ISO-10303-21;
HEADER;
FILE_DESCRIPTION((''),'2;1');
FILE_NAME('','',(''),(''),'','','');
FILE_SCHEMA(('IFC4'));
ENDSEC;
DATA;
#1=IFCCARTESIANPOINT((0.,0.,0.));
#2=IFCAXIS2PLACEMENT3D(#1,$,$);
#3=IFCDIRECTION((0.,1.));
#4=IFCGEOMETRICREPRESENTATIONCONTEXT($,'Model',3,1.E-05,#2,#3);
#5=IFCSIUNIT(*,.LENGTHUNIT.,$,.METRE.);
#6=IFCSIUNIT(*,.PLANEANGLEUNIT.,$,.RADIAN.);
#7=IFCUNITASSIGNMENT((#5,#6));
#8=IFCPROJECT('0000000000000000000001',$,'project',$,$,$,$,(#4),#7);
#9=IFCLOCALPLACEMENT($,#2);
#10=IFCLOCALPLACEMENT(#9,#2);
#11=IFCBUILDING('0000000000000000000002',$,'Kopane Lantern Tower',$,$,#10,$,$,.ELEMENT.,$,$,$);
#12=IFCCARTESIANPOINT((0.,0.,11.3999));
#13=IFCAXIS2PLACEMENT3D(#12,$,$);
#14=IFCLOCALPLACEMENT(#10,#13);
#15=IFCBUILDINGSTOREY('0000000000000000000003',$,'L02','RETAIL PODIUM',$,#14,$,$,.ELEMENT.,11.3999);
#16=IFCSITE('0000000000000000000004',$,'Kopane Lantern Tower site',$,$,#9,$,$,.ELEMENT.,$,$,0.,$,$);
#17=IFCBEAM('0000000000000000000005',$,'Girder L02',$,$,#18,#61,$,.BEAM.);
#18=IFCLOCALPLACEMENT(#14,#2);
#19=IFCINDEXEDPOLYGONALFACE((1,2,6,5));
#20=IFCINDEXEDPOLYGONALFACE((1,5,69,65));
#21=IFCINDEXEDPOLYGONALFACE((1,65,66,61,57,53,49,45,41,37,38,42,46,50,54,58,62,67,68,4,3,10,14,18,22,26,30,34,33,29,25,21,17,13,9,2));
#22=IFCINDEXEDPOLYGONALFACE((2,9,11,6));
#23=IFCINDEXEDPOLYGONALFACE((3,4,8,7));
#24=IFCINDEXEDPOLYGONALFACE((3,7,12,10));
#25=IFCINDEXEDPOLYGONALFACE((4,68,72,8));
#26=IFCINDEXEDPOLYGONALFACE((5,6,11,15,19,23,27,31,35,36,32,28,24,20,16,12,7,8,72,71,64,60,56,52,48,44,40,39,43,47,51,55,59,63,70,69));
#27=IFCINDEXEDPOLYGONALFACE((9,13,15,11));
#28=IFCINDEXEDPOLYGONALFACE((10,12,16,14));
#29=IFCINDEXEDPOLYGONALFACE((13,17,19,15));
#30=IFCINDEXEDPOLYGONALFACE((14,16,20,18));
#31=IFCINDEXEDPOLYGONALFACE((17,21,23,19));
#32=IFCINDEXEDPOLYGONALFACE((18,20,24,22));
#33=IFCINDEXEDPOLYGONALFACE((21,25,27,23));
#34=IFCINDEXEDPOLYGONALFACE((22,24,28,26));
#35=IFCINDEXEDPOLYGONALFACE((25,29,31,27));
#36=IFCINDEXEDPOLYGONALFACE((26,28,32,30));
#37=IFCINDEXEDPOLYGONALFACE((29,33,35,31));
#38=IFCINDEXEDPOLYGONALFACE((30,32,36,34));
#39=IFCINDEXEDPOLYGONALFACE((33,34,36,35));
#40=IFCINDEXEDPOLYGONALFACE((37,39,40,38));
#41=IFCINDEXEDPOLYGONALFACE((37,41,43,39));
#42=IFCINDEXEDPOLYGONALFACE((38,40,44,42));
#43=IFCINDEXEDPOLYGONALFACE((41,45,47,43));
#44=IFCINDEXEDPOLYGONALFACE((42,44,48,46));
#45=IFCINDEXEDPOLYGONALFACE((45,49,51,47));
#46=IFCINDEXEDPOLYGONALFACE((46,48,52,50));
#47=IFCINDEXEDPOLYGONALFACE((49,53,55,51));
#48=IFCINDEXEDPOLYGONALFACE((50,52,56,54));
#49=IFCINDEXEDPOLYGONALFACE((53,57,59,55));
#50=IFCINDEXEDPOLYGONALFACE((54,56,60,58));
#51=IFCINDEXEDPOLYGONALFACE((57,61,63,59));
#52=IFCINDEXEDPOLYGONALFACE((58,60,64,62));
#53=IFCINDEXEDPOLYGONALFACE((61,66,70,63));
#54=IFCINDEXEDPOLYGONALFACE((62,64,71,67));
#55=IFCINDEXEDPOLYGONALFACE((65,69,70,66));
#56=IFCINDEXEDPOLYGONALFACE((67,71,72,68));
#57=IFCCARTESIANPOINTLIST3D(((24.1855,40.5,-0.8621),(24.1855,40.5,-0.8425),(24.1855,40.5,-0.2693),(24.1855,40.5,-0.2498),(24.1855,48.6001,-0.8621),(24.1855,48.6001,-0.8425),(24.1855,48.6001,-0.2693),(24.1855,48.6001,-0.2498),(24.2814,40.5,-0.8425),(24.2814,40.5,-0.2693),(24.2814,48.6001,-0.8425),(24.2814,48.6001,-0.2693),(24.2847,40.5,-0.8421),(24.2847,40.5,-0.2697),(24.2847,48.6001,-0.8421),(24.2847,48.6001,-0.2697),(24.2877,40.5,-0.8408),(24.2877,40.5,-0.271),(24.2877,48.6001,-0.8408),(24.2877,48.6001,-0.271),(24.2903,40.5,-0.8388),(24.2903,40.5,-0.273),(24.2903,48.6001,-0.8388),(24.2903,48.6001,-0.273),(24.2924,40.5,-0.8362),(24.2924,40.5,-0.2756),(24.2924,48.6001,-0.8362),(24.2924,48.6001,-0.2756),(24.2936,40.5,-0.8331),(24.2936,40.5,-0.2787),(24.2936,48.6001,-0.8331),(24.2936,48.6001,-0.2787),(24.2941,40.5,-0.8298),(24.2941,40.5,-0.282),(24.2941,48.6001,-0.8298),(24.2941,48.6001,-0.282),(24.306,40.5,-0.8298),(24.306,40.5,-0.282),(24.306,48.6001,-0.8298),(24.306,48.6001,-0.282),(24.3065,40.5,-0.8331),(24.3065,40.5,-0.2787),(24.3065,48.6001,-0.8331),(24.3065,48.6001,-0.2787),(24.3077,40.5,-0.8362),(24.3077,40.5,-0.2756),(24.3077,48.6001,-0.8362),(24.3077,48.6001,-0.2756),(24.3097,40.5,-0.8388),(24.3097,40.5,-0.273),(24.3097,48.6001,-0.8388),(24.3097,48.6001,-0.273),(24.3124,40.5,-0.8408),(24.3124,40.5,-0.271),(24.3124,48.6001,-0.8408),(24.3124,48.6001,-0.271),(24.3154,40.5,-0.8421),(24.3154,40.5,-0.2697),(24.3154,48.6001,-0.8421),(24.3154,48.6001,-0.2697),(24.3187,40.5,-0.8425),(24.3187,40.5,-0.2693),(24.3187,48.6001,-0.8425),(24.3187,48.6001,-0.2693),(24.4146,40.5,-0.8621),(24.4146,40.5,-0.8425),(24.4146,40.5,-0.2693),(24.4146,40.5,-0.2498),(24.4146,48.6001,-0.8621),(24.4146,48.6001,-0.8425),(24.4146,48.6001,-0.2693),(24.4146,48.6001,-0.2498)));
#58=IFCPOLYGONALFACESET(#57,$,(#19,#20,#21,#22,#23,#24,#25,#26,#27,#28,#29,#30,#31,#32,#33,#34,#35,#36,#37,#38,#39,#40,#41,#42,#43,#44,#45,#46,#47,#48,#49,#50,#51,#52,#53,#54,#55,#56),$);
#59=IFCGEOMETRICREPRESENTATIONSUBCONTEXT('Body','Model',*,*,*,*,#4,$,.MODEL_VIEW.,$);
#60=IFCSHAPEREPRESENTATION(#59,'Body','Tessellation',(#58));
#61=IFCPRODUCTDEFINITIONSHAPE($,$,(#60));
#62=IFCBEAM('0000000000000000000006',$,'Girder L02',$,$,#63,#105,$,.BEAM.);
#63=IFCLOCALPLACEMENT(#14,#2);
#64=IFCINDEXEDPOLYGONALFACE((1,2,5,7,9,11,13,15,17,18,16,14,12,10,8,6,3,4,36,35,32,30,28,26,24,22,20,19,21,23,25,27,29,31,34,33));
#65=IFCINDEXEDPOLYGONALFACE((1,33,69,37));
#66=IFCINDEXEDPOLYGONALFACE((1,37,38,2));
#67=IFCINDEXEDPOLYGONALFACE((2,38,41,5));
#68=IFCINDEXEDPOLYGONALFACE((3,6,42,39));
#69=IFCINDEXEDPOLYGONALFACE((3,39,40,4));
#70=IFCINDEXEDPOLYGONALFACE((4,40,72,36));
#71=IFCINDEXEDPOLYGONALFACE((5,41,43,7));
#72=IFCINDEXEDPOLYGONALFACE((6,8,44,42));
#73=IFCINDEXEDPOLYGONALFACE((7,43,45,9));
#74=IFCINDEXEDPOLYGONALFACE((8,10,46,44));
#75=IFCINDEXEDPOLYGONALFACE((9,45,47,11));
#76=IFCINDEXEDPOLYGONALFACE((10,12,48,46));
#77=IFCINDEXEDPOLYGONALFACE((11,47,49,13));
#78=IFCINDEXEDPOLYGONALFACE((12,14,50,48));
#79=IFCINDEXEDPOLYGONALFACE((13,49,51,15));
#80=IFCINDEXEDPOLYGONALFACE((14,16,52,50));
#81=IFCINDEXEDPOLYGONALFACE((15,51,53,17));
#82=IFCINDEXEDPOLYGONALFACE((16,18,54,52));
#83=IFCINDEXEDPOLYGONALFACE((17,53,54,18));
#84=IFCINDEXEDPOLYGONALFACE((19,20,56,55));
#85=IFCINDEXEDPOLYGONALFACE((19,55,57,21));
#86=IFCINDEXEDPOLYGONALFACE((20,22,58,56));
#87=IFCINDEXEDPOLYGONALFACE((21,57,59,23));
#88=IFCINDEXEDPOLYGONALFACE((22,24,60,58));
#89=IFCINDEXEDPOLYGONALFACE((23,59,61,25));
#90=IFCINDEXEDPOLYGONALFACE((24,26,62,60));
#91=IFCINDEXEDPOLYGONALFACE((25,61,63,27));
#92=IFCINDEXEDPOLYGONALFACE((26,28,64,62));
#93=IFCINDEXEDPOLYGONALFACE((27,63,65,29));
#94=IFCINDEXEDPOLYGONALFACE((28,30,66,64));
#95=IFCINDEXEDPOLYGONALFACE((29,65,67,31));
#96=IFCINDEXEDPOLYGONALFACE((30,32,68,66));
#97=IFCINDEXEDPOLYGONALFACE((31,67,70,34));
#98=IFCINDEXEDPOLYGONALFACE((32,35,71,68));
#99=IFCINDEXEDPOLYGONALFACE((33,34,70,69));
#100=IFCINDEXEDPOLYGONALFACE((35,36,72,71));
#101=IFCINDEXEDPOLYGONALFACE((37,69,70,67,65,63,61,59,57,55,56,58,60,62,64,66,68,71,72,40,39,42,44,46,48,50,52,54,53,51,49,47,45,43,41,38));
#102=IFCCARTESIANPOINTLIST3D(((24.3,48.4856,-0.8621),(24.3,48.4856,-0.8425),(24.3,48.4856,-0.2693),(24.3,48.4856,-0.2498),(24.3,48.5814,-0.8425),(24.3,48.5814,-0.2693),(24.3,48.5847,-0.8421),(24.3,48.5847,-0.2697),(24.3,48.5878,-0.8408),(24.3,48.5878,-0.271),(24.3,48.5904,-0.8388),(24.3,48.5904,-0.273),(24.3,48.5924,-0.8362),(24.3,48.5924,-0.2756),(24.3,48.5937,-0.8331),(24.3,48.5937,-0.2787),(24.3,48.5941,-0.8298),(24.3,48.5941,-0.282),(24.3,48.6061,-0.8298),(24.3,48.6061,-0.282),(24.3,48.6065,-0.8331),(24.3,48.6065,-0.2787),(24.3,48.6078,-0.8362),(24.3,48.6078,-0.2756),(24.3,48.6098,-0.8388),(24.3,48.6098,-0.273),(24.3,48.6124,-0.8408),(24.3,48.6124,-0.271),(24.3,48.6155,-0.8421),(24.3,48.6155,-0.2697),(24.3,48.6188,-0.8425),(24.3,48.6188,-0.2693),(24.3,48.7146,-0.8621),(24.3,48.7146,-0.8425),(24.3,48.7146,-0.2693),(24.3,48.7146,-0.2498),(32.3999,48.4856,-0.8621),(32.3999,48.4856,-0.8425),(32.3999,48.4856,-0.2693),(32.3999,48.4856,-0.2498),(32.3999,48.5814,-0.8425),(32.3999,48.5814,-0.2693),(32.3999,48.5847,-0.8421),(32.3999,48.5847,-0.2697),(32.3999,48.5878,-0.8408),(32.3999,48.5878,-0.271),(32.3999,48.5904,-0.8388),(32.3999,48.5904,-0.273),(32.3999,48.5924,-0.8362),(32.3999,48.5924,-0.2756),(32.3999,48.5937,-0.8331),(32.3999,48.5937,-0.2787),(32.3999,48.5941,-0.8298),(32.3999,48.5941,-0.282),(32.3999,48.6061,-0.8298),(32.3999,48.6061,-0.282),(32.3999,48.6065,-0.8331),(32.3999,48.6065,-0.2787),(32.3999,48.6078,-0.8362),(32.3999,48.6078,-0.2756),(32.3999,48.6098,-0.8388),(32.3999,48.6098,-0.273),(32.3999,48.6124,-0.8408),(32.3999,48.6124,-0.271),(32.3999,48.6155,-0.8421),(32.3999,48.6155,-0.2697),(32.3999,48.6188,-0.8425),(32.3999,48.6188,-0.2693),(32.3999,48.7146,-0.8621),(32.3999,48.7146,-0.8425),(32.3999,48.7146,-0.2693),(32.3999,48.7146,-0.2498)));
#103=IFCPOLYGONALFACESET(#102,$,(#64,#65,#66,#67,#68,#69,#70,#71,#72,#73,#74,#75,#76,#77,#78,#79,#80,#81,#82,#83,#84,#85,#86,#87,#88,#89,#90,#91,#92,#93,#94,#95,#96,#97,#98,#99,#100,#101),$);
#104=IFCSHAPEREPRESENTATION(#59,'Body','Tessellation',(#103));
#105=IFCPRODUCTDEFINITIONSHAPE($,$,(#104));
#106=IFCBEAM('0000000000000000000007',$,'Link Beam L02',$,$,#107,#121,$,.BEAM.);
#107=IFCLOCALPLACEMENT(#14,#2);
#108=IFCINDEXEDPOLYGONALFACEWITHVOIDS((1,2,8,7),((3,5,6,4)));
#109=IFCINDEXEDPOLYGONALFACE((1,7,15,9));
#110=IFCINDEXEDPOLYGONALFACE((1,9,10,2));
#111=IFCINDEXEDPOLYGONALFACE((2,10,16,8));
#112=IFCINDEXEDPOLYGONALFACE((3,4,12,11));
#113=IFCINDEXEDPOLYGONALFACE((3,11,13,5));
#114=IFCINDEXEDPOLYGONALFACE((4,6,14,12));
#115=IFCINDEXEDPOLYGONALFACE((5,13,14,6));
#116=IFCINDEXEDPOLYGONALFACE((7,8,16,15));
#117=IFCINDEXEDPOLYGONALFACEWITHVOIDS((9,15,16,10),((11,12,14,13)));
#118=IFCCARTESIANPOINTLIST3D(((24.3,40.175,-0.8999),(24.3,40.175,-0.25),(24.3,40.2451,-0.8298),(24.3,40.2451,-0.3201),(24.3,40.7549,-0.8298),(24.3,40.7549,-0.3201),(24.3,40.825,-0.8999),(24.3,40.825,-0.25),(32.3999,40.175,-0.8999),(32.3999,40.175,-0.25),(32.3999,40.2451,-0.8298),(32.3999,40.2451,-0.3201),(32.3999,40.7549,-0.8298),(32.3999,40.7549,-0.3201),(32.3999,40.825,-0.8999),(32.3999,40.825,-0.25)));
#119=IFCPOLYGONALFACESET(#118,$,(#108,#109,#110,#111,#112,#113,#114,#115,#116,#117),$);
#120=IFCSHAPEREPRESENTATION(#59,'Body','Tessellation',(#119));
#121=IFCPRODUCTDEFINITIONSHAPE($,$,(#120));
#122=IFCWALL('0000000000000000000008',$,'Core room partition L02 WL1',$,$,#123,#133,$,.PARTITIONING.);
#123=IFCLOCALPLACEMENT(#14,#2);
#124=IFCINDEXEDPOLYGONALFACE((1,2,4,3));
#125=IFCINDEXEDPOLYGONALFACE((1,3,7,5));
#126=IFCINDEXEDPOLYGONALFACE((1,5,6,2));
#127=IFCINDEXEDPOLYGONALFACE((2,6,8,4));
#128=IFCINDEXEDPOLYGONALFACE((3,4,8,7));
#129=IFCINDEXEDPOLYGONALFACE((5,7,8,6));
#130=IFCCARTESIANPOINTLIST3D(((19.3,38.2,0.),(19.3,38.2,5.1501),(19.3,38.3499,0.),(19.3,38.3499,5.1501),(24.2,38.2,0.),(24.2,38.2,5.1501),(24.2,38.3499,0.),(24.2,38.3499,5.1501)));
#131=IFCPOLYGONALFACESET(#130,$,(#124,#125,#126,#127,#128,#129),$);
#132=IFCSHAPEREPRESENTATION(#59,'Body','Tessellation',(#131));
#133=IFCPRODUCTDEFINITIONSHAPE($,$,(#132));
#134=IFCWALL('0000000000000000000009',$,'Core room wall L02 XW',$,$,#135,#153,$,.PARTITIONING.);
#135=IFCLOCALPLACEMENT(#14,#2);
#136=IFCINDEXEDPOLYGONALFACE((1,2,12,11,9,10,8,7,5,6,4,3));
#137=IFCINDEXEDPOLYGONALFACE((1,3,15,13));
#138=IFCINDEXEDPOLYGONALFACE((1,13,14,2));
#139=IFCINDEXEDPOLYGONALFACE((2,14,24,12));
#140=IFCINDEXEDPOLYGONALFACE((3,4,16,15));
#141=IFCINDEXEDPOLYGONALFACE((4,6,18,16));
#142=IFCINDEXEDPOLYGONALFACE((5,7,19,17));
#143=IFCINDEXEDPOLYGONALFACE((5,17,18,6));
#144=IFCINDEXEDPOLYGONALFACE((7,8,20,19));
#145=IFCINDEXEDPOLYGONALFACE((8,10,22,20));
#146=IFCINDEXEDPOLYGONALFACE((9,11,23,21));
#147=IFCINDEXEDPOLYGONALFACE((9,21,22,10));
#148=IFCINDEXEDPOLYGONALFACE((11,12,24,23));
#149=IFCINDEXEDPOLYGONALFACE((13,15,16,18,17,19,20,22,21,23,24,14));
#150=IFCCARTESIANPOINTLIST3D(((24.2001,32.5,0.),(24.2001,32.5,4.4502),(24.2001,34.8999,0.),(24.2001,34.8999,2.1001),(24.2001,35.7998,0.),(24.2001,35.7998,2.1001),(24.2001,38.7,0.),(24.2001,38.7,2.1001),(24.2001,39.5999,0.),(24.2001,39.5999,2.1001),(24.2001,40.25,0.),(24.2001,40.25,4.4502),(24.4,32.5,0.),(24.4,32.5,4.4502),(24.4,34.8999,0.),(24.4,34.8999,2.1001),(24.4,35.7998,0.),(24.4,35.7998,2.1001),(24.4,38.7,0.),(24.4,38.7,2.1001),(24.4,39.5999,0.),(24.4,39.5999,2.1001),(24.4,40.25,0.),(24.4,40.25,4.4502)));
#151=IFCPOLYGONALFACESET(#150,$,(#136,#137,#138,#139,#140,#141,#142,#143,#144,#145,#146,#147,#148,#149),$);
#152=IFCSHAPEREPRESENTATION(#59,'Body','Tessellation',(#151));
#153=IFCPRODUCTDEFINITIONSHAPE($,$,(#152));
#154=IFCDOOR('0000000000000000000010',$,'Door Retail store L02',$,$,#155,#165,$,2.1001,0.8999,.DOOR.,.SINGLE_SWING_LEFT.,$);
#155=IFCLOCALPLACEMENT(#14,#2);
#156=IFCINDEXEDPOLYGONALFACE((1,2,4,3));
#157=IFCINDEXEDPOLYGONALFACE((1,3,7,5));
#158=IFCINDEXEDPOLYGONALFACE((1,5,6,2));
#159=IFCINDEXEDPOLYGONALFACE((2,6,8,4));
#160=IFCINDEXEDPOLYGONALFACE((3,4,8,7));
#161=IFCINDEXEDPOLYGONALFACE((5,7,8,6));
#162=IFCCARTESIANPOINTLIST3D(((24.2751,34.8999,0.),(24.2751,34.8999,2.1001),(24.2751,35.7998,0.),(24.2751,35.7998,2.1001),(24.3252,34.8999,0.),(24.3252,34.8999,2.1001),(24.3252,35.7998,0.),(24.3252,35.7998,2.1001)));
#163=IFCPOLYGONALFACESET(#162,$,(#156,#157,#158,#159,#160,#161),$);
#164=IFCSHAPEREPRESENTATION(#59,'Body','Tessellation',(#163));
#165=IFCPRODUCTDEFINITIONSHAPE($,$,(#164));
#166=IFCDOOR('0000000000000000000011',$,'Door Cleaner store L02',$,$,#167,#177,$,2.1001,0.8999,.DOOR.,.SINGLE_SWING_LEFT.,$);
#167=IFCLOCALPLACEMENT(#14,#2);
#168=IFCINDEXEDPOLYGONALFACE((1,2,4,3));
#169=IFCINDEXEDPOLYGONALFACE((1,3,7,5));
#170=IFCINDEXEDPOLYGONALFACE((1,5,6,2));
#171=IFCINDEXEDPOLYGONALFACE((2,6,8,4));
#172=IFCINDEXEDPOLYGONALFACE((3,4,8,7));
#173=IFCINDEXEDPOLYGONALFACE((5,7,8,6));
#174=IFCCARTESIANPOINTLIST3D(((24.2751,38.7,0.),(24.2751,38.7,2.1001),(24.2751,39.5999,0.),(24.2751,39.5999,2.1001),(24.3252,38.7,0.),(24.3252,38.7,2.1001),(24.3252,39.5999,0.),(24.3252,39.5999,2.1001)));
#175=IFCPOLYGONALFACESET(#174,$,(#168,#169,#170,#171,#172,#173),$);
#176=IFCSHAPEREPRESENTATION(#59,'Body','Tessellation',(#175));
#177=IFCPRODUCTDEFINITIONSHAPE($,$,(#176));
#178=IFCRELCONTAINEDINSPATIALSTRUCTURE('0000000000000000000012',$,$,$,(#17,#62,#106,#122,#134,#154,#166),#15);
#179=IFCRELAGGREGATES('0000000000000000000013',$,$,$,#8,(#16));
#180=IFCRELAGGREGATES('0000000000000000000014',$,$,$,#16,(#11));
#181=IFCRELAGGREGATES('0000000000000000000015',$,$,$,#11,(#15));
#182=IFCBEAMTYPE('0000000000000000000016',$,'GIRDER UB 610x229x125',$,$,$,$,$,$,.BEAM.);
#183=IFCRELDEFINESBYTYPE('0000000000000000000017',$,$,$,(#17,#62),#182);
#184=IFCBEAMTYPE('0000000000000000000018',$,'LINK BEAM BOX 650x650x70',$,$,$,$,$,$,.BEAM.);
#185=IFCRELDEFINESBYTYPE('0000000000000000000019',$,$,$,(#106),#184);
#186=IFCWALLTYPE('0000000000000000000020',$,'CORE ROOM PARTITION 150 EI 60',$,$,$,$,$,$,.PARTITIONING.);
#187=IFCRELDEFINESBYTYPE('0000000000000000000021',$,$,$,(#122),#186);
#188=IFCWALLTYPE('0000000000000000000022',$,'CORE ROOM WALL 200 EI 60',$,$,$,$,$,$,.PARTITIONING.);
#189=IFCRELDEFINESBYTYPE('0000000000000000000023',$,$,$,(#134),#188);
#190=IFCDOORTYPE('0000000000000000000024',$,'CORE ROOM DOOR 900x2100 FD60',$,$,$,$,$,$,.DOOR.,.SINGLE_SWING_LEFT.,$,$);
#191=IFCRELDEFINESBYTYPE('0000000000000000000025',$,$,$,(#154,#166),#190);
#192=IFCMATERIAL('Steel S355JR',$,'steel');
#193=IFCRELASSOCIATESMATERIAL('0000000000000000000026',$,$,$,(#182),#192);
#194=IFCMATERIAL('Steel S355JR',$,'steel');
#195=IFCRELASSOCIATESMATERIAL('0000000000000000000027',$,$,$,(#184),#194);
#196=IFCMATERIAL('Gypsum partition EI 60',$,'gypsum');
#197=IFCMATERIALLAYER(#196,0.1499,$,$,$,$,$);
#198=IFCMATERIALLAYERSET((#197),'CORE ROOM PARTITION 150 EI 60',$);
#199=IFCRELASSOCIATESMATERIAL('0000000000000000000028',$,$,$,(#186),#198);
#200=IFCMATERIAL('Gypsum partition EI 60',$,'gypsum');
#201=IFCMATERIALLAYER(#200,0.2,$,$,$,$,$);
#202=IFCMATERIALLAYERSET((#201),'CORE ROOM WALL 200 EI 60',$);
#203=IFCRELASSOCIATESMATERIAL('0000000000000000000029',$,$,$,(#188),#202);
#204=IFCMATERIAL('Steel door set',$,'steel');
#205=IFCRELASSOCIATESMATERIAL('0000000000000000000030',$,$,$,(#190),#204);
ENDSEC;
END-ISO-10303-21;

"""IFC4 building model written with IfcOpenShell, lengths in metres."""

from ifc_helpers import new_model, si_unit, direction, frame, frame_2d, origin, origin_2d, place, context, subcontext, project, spatial, rectangle, hollow_rectangle, i_section, extrude, material, layer, layer_set, material_profile, profile_set, type_object, element, fill, save


model = new_model("IFC4")

# Units and contexts
model_context = context("Model", 3, precision=1e-05, world=origin(), true_north=direction((0.0, 1.0)))
body_context = subcontext(model_context, "Body", "Model", "MODEL_VIEW")
ifc_project = project(units=[si_unit("LENGTHUNIT", "METRE"), si_unit("PLANEANGLEUNIT", "RADIAN")], contexts=[model_context])

# Site, building, storey
site_placement = place(None, origin())
site = spatial("IfcSite", under=ifc_project, at=site_placement, Name="Kopane Lantern Tower site", CompositionType="ELEMENT", RefElevation=0.0)
building_placement = place(site_placement, origin())
building = spatial("IfcBuilding", under=site, at=building_placement, Name="Kopane Lantern Tower", CompositionType="ELEMENT")
storey_placement = place(building_placement, frame((0.0, 0.0, 11.3999)))
storey = spatial("IfcBuildingStorey", under=building, at=storey_placement, Name="L02", Description="RETAIL PODIUM", CompositionType="ELEMENT", Elevation=11.3999)

# Beams
ifc_material_1 = material(Name="Steel S355JR", Category="steel")
ifc_material_profile_1 = material_profile(ifc_material_1, i_section(OverallWidth=0.229, OverallDepth=0.6123, WebThickness=0.012, FlangeThickness=0.0195, FilletRadius=0.0127, at=origin_2d()), Name="UB 610x229x125")
ifc_profile_set_1 = profile_set([ifc_material_profile_1], Name="Steel S355JR")
beam_type_1 = type_object("IfcBeamType", Name="GIRDER UB 610x229x125", PredefinedType="BEAM", material=ifc_profile_set_1)
beam_1_placement = place(storey_placement, frame((24.3, 40.5, -0.5559), z_axis=(0.0, 1.0, 0.0), x_axis=(-1.0, 0.0, 0.0)))
element("IfcBeam", 1, at=beam_1_placement, inside=storey, type_object=beam_type_1, Name="Girder L02", PredefinedType="BEAM", context=body_context, shape_type="SweptSolid", body=[
    extrude(i_section(OverallWidth=0.229, OverallDepth=0.6123, WebThickness=0.012, FlangeThickness=0.0195, FilletRadius=0.0127, at=origin_2d()), origin(), (0.0, 0.0, 1.0), 8.1001),
])
beam_2_placement = place(storey_placement, frame((24.3, 48.6001, -0.5559), z_axis=(1.0, 0.0, 0.0), x_axis=(0.0, 1.0, 0.0)))
element("IfcBeam", 2, at=beam_2_placement, inside=storey, type_object=beam_type_1, Name="Girder L02", PredefinedType="BEAM", context=body_context, shape_type="SweptSolid", body=[
    extrude(i_section(OverallWidth=0.229, OverallDepth=0.6123, WebThickness=0.012, FlangeThickness=0.0195, FilletRadius=0.0127, at=origin_2d()), origin(), (0.0, 0.0, 1.0), 8.0999),
])
ifc_material_2 = material(Name="Steel S355JR", Category="steel")
ifc_material_profile_2 = material_profile(ifc_material_2, hollow_rectangle(XDim=0.6499, YDim=0.6499, WallThickness=0.0701, at=origin_2d()), Name="BOX 650x650x70")
ifc_profile_set_2 = profile_set([ifc_material_profile_2], Name="Steel S355JR")
beam_type_2 = type_object("IfcBeamType", Name="LINK BEAM BOX 650x650x70", PredefinedType="BEAM", material=ifc_profile_set_2)
beam_3_placement = place(storey_placement, frame((24.3, 40.5, -0.575), z_axis=(1.0, 0.0, 0.0), x_axis=(0.0, 1.0, 0.0)))
element("IfcBeam", 3, at=beam_3_placement, inside=storey, type_object=beam_type_2, Name="Link Beam L02", PredefinedType="BEAM", context=body_context, shape_type="SweptSolid", body=[
    extrude(hollow_rectangle(XDim=0.6499, YDim=0.6499, WallThickness=0.0701, at=origin_2d()), origin(), (0.0, 0.0, 1.0), 8.0999),
])

# Wall
ifc_material_3 = material(Name="Gypsum partition EI 60", Category="gypsum")
ifc_layer_1 = layer(ifc_material_3, 0.1499)
ifc_layer_set_1 = layer_set([ifc_layer_1], Name="CORE ROOM PARTITION 150 EI 60")
wall_type_1 = type_object("IfcWallType", Name="CORE ROOM PARTITION 150 EI 60", PredefinedType="PARTITIONING", material=ifc_layer_set_1)
wall_1_placement = place(storey_placement, frame((19.3, 38.2749, 0.0), z_axis=(0.0, 0.0, 1.0), x_axis=(1.0, 0.0, 0.0)))
element("IfcWall", 4, at=wall_1_placement, inside=storey, type_object=wall_type_1, Name="Core room partition L02 WL1", PredefinedType="PARTITIONING", context=body_context, shape_type="SweptSolid", body=[
    extrude(rectangle(XDim=4.8999, YDim=0.1499, at=frame_2d((2.45, 0.0))), origin(), (0.0, 0.0, 1.0), 5.1501),
])

# Wall, openings, doors
ifc_material_4 = material(Name="Gypsum partition EI 60", Category="gypsum")
ifc_layer_2 = layer(ifc_material_4, 0.2)
ifc_layer_set_2 = layer_set([ifc_layer_2], Name="CORE ROOM WALL 200 EI 60")
wall_type_2 = type_object("IfcWallType", Name="CORE ROOM WALL 200 EI 60", PredefinedType="PARTITIONING", material=ifc_layer_set_2)
wall_2_placement = place(storey_placement, frame((24.3, 32.5, 0.0), z_axis=(0.0, 0.0, 1.0), x_axis=(0.0, 1.0, 0.0)))
wall_2 = element("IfcWall", 5, at=wall_2_placement, inside=storey, type_object=wall_type_2, Name="Core room wall L02 XW", PredefinedType="PARTITIONING", context=body_context, shape_type="SweptSolid", body=[
    extrude(rectangle(XDim=7.75, YDim=0.2, at=frame_2d((3.875, 0.0))), origin(), (0.0, 0.0, 1.0), 4.4502),
])
opening_1_placement = place(wall_2_placement, frame((2.3999, 0.0, 0.0)))
opening_1 = element("IfcOpeningElement", 6, at=opening_1_placement, cuts=wall_2, PredefinedType="OPENING", context=body_context, shape_type="SweptSolid", body=[
    extrude(rectangle(XDim=0.8999, YDim=2.1001, at=frame_2d((0.45, 1.05))), frame((0.0, 0.1099, 0.0), z_axis=(0.0, -1.0, 0.0), x_axis=(1.0, 0.0, 0.0)), (0.0, 0.0, 1.0), 0.22),
])
opening_2_placement = place(wall_2_placement, frame((6.2, 0.0, 0.0)))
opening_2 = element("IfcOpeningElement", 7, at=opening_2_placement, cuts=wall_2, PredefinedType="OPENING", context=body_context, shape_type="SweptSolid", body=[
    extrude(rectangle(XDim=0.8999, YDim=2.1001, at=frame_2d((0.45, 1.05))), frame((0.0, 0.1099, 0.0), z_axis=(0.0, -1.0, 0.0), x_axis=(1.0, 0.0, 0.0)), (0.0, 0.0, 1.0), 0.22),
])
ifc_material_5 = material(Name="Steel door set", Category="steel")
door_type_1 = type_object("IfcDoorType", Name="CORE ROOM DOOR 900x2100 FD60", OperationType="SINGLE_SWING_LEFT", PredefinedType="DOOR", material=ifc_material_5)
door_1_placement = place(opening_1_placement, origin())
door_1 = element("IfcDoor", 8, at=door_1_placement, inside=storey, type_object=door_type_1, Name="Door Retail store L02", OperationType="SINGLE_SWING_LEFT", OverallHeight=2.1001, OverallWidth=0.8999, PredefinedType="DOOR", context=body_context, shape_type="SweptSolid", body=[
    extrude(rectangle(XDim=0.8999, YDim=2.1001, at=frame_2d((0.45, 1.05))), frame((0.0, 0.0249, 0.0), z_axis=(0.0, -1.0, 0.0), x_axis=(1.0, 0.0, 0.0)), (0.0, 0.0, 1.0), 0.05),
])
fill(opening_1, door_1)
door_2_placement = place(opening_2_placement, origin())
door_2 = element("IfcDoor", 9, at=door_2_placement, inside=storey, type_object=door_type_1, Name="Door Cleaner store L02", OperationType="SINGLE_SWING_LEFT", OverallHeight=2.1001, OverallWidth=0.8999, PredefinedType="DOOR", context=body_context, shape_type="SweptSolid", body=[
    extrude(rectangle(XDim=0.8999, YDim=2.1001, at=frame_2d((0.45, 1.05))), frame((0.0, 0.0249, 0.0), z_axis=(0.0, -1.0, 0.0), x_axis=(1.0, 0.0, 0.0)), (0.0, 0.0, 1.0), 0.05),
])
fill(opening_2, door_2)

save(model, "model.ifc")
